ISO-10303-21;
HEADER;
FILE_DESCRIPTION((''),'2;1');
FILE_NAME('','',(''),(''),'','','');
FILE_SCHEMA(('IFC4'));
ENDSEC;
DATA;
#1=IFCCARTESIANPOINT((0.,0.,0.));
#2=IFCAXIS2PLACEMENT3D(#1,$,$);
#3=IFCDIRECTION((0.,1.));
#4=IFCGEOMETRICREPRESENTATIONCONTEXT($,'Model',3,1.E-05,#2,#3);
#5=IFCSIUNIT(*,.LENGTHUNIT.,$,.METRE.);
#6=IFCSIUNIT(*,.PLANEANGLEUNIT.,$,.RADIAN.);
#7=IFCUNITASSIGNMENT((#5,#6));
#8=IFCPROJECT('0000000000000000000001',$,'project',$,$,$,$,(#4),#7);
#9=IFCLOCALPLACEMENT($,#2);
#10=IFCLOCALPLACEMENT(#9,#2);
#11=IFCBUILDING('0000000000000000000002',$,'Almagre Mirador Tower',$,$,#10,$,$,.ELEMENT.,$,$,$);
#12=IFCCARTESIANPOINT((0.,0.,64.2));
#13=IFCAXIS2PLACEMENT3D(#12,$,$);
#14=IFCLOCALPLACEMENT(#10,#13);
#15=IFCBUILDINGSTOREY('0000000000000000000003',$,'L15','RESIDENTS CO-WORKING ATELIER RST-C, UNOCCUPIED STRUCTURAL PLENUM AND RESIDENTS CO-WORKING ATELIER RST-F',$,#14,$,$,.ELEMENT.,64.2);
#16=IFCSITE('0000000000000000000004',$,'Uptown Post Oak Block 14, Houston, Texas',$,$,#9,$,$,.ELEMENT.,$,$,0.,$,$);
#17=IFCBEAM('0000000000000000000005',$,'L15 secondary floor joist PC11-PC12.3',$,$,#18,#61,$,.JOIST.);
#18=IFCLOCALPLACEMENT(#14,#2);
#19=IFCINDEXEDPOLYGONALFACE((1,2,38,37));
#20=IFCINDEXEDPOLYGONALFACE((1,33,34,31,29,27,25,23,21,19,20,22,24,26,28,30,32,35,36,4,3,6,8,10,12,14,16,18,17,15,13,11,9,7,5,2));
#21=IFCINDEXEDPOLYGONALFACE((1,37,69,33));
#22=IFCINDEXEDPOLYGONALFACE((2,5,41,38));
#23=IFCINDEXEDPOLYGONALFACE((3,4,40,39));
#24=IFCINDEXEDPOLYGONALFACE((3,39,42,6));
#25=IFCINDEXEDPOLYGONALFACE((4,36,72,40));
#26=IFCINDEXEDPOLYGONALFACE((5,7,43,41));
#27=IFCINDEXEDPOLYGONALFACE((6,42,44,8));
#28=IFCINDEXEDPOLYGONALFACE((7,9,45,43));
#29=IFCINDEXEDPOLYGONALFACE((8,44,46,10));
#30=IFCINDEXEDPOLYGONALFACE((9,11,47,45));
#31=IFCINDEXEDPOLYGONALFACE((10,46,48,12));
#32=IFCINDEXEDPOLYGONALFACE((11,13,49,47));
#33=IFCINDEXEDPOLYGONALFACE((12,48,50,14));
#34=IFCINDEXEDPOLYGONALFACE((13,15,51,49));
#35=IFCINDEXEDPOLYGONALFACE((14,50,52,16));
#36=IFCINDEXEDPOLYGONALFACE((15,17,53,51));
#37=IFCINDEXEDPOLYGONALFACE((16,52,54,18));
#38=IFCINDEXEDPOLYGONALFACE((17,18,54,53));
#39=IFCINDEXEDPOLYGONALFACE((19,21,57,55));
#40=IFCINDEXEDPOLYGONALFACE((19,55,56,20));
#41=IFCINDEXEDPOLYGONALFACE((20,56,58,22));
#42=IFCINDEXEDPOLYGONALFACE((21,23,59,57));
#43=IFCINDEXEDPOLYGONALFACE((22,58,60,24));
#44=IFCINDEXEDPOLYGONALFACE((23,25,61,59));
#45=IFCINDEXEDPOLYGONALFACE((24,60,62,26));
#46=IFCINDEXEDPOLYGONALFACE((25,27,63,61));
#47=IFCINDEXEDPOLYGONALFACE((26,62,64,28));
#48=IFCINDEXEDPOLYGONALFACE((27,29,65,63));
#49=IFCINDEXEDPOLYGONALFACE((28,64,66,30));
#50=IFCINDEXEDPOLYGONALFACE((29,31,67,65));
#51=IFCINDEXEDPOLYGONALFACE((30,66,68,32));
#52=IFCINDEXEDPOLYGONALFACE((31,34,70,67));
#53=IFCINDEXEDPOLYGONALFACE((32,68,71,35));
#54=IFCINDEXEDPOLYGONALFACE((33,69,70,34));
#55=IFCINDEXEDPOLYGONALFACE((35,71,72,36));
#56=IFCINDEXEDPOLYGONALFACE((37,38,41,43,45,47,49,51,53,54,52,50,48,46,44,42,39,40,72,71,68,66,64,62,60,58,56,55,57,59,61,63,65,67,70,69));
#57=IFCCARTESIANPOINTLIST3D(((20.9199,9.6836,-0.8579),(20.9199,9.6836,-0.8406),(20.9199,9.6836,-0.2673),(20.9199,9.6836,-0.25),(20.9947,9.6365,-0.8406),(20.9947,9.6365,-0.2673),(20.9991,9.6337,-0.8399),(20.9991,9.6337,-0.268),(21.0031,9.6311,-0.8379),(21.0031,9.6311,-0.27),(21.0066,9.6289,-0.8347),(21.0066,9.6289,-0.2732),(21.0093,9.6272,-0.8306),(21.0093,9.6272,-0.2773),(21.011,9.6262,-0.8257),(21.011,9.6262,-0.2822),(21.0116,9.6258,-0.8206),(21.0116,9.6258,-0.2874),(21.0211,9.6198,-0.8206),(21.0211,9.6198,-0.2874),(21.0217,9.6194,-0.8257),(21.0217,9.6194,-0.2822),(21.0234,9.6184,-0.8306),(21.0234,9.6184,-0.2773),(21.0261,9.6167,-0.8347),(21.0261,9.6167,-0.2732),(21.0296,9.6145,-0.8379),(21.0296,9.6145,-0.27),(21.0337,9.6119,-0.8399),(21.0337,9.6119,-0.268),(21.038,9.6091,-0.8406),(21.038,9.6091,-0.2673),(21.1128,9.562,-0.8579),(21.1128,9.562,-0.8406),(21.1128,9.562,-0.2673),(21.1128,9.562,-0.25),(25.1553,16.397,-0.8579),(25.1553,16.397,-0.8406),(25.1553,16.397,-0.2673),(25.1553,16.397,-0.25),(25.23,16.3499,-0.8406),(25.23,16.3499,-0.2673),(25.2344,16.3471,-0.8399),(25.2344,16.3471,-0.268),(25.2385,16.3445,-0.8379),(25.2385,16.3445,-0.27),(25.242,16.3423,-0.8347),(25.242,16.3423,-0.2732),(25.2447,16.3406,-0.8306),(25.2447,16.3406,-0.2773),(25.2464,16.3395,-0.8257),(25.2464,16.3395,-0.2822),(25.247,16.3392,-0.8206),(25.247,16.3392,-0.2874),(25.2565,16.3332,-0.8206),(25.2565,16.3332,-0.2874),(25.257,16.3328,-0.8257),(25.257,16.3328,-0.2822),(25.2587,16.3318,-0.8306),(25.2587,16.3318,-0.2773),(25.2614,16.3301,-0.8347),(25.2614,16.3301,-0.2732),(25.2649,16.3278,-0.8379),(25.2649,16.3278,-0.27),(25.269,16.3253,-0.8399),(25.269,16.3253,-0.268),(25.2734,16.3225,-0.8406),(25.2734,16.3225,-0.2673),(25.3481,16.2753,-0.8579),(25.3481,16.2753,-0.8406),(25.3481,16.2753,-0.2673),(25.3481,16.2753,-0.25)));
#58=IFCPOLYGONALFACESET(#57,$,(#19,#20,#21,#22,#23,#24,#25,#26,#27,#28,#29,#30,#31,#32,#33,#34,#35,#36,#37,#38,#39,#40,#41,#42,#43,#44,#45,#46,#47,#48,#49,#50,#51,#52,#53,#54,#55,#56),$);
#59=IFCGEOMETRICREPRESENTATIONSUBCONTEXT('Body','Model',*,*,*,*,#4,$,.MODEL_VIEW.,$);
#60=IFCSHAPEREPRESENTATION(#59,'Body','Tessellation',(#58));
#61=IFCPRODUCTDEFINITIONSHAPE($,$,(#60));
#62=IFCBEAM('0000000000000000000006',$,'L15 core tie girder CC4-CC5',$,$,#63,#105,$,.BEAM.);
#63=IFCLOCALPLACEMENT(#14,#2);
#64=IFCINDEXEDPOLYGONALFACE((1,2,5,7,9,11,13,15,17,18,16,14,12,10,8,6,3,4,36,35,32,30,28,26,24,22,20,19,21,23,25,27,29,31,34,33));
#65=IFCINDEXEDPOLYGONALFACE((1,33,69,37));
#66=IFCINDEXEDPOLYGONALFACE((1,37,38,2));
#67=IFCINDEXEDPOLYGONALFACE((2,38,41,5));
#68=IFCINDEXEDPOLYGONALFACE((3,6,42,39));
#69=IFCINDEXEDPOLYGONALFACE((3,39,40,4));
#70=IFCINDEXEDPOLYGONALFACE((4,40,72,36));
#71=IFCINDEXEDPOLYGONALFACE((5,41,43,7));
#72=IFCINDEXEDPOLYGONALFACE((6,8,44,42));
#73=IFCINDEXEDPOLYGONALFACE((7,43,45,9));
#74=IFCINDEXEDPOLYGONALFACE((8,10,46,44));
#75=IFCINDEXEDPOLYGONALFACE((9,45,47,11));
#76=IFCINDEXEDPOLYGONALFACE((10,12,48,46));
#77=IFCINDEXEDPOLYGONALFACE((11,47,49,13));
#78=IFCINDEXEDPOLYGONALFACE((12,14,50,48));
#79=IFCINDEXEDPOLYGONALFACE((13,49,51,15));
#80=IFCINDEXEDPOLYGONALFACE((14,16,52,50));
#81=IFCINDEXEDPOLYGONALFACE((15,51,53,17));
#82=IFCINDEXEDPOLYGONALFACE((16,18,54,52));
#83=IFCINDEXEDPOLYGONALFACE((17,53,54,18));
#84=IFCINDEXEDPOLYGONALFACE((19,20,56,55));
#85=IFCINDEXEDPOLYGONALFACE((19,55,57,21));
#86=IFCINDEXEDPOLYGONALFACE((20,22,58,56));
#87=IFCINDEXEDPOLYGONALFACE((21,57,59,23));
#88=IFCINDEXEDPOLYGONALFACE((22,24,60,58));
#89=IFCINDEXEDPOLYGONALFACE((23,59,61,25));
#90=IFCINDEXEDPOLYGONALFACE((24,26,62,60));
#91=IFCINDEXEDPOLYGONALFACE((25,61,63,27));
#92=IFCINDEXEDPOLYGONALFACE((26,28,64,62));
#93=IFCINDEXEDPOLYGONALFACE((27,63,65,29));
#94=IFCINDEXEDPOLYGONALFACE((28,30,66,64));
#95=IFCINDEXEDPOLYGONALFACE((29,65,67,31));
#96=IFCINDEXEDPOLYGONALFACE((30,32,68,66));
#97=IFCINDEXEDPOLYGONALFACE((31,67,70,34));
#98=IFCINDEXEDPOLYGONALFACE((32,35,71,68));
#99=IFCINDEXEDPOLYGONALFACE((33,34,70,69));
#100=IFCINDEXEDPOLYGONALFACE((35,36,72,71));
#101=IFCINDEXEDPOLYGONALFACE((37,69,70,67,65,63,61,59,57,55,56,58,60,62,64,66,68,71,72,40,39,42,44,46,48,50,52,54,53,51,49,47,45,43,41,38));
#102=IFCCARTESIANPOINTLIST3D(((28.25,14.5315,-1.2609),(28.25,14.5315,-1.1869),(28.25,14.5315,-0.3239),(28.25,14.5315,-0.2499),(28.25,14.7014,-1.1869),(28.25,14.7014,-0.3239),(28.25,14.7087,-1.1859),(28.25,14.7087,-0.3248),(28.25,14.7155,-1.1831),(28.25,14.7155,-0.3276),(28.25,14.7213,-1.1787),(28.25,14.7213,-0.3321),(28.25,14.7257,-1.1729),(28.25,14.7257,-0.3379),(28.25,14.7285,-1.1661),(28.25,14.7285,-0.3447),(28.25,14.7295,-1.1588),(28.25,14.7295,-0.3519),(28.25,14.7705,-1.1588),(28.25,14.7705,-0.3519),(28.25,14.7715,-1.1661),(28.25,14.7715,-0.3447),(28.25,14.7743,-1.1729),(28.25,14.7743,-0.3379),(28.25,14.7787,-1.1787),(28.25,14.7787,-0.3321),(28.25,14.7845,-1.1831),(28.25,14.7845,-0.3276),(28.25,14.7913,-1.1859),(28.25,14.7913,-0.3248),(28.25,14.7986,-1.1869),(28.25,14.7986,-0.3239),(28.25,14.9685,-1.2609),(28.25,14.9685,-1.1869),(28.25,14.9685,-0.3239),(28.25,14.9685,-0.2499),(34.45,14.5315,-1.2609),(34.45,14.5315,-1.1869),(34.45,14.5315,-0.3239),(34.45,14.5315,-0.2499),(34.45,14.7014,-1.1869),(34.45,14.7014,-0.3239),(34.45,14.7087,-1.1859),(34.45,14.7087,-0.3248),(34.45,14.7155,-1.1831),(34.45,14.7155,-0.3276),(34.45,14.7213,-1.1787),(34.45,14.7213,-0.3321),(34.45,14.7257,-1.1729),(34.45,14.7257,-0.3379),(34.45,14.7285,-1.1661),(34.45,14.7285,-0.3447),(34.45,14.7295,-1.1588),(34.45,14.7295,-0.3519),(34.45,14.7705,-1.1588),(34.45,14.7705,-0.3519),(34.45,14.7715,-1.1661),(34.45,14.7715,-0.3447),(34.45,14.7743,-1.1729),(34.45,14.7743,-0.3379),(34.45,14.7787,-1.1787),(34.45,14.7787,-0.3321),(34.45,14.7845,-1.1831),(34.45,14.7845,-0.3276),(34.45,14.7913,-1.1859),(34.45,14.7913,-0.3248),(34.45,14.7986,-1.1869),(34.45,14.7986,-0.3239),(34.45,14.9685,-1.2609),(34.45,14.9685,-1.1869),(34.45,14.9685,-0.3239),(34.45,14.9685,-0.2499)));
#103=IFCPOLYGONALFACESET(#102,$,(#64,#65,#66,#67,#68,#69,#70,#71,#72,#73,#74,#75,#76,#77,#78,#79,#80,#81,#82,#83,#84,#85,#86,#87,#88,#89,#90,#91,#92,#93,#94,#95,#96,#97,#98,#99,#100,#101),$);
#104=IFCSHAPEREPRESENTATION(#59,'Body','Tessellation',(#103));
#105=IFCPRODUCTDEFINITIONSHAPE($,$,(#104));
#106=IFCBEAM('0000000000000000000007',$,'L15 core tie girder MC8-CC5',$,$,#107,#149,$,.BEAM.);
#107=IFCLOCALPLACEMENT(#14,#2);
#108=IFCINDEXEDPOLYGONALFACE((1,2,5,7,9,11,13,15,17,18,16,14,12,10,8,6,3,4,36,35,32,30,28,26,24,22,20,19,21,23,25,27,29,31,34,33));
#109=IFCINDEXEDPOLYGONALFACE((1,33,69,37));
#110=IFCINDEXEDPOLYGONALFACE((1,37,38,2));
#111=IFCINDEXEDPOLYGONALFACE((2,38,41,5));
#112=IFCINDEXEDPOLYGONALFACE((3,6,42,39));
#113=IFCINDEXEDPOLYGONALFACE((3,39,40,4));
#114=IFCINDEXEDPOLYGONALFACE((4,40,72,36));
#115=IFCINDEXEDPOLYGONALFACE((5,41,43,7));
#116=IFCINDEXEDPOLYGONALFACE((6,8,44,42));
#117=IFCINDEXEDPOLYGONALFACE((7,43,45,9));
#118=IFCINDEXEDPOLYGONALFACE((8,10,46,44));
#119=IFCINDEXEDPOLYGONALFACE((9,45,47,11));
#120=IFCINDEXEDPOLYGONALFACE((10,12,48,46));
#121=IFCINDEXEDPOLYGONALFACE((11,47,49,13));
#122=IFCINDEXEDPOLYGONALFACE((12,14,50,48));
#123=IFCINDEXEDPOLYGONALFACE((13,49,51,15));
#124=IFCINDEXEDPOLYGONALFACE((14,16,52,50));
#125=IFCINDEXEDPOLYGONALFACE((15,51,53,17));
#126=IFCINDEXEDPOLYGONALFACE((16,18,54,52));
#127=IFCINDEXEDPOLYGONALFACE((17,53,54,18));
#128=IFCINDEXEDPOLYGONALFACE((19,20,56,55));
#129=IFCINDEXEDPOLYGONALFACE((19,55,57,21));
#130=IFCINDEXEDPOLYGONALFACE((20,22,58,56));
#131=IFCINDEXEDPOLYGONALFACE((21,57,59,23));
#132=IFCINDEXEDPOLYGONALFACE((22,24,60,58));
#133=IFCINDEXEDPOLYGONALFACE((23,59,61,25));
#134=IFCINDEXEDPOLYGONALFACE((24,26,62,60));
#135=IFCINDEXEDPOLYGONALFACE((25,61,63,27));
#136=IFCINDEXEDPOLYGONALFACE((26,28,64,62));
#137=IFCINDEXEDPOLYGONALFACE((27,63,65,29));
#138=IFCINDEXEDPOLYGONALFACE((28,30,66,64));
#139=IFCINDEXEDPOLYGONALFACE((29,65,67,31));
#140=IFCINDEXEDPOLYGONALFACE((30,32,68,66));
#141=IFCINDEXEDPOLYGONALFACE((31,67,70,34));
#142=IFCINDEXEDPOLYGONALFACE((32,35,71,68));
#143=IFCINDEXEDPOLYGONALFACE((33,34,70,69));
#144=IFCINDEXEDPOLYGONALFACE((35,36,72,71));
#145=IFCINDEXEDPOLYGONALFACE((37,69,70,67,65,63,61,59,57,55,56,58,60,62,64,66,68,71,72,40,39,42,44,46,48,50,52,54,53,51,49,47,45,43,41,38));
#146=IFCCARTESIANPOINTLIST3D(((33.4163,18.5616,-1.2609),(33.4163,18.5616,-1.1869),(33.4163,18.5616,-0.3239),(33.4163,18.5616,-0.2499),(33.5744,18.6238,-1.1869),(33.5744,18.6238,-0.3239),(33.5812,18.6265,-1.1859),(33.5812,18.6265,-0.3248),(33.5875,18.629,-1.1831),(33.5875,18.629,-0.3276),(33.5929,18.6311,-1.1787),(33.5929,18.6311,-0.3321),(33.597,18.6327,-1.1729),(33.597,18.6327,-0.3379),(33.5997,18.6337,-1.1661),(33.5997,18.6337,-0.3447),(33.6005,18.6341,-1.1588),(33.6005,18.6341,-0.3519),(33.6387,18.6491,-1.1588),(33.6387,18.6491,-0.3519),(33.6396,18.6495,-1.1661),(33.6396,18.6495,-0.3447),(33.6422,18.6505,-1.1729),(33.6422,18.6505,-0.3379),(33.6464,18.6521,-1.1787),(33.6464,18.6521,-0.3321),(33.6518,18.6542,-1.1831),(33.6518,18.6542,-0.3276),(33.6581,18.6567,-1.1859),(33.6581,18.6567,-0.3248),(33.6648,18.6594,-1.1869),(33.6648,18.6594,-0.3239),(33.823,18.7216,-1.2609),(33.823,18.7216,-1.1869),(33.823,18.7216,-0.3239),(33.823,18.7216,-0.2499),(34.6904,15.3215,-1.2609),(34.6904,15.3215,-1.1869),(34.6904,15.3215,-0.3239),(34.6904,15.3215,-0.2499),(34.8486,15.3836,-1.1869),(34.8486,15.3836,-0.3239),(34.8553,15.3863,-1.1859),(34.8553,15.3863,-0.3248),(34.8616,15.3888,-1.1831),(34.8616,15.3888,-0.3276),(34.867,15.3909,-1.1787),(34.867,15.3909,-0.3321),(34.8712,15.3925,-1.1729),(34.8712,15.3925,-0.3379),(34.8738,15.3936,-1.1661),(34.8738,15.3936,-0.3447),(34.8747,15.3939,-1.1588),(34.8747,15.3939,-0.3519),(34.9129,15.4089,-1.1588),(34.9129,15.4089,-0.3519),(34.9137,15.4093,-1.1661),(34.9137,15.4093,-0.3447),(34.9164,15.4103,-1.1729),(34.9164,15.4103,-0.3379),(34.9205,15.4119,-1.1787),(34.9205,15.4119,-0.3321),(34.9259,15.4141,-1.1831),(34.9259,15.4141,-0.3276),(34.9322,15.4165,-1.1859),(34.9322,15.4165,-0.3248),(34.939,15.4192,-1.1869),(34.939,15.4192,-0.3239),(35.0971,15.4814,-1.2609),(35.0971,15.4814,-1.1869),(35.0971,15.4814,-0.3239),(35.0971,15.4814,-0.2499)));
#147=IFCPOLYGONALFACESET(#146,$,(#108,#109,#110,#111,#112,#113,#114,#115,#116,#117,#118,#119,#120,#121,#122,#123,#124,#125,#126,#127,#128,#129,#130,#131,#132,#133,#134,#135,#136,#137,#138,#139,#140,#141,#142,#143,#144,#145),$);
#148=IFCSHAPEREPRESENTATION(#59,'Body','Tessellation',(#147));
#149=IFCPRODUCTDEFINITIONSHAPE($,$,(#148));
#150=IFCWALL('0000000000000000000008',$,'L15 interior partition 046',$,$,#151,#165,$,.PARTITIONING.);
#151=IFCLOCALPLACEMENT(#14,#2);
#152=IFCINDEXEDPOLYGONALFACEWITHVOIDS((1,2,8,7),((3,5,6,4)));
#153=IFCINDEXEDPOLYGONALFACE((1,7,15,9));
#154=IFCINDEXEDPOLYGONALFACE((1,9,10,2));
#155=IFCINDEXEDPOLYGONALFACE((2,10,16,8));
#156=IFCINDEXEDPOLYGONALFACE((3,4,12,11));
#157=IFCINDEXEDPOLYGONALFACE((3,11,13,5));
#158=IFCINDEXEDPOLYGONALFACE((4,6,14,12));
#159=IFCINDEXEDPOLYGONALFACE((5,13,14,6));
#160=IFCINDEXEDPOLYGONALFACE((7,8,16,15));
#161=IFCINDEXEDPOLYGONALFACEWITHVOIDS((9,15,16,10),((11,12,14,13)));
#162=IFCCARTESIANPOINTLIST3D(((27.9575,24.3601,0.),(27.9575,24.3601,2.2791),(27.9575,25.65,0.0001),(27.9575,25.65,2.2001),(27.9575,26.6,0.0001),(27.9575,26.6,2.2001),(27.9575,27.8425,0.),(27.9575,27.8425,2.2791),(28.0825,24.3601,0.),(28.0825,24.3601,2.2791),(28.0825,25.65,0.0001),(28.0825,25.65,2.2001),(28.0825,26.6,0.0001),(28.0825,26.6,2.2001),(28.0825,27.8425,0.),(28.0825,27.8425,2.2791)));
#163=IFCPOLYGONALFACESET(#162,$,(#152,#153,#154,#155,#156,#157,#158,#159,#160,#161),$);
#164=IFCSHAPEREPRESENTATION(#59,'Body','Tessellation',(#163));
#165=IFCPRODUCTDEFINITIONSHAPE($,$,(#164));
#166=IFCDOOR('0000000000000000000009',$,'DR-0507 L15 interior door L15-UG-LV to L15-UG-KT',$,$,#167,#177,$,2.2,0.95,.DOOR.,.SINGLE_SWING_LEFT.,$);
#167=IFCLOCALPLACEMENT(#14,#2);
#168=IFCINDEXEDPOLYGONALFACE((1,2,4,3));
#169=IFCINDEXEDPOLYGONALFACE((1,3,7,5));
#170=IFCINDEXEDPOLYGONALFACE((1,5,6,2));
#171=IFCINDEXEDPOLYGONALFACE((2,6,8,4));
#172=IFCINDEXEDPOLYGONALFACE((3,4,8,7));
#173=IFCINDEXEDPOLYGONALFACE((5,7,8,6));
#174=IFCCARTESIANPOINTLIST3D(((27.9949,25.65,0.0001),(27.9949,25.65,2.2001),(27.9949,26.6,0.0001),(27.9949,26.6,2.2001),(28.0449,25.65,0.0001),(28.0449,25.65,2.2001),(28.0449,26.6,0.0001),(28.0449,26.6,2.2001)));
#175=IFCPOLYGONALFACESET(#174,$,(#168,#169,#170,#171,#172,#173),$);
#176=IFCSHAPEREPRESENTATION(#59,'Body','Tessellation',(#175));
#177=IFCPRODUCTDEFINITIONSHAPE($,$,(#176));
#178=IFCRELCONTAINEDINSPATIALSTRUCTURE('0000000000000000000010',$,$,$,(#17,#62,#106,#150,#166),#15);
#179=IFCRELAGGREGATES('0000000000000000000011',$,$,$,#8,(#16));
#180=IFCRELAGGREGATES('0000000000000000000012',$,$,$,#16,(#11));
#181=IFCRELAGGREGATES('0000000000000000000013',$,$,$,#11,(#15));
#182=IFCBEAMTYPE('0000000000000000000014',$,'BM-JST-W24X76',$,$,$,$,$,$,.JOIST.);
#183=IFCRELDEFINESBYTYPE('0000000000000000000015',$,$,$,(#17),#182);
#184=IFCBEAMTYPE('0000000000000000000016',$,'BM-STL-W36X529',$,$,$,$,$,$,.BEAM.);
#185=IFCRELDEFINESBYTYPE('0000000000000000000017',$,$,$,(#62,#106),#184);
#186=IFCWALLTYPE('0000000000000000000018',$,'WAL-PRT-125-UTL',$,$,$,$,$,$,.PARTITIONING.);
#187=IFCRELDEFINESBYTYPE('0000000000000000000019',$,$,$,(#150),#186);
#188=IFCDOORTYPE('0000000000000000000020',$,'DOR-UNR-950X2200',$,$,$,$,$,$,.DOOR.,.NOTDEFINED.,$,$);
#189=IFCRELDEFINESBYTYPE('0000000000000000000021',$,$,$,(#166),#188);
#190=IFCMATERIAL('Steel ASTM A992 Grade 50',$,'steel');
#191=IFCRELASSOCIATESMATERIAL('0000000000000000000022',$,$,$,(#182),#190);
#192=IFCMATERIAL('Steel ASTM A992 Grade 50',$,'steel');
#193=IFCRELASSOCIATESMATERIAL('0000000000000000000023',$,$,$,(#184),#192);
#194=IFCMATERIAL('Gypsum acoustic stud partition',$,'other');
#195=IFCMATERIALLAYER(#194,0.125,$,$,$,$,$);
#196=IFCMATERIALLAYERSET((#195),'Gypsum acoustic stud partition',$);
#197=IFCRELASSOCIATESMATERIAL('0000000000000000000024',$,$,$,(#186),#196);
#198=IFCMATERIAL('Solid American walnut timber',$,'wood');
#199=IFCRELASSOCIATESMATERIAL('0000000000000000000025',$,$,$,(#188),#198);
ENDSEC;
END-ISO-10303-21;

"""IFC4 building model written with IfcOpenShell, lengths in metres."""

from ifc_helpers import new_model, si_unit, direction, frame, frame_2d, origin, origin_2d, place, context, subcontext, project, spatial, rectangle, i_section, extrude, material, layer, layer_set, material_profile, profile_set, type_object, element, fill, save


model = new_model("IFC4")

# Units and contexts
model_context = context("Model", 3, precision=1e-05, world=origin(), true_north=direction((0.0, 1.0)))
body_context = subcontext(model_context, "Body", "Model", "MODEL_VIEW")
ifc_project = project(units=[si_unit("LENGTHUNIT", "METRE"), si_unit("PLANEANGLEUNIT", "RADIAN")], contexts=[model_context])

# Site, building, storey
site_placement = place(None, origin())
site = spatial("IfcSite", under=ifc_project, at=site_placement, Name="Uptown Post Oak Block 14, Houston, Texas", CompositionType="ELEMENT", RefElevation=0.0)
building_placement = place(site_placement, origin())
building = spatial("IfcBuilding", under=site, at=building_placement, Name="Almagre Mirador Tower", CompositionType="ELEMENT")
storey_placement = place(building_placement, frame((0.0, 0.0, 64.2)))
storey = spatial("IfcBuildingStorey", under=building, at=storey_placement, Name="L15", Description="RESIDENTS CO-WORKING ATELIER RST-C, UNOCCUPIED STRUCTURAL PLENUM AND RESIDENTS CO-WORKING ATELIER RST-F", CompositionType="ELEMENT", Elevation=64.2)

# Beams
ifc_material_1 = material(Name="Steel ASTM A992 Grade 50", Category="steel")
ifc_material_profile_1 = material_profile(ifc_material_1, i_section(OverallWidth=0.228, OverallDepth=0.6079, WebThickness=0.0112, FlangeThickness=0.0173, FilletRadius=0.02, at=origin_2d()), Name="W24X76")
ifc_profile_set_1 = profile_set([ifc_material_profile_1], Name="Steel ASTM A992 Grade 50")
beam_type_1 = type_object("IfcBeamType", Name="BM-JST-W24X76", PredefinedType="JOIST", material=ifc_profile_set_1)
beam_1_placement = place(storey_placement, frame((25.2517, 16.3362, -0.554), z_axis=(-0.533572, -0.845755, 0.0), x_axis=(0.845755, -0.533572, 0.0)))
element("IfcBeam", 1, at=beam_1_placement, inside=storey, type_object=beam_type_1, Name="L15 secondary floor joist PC11-PC12.3", PredefinedType="JOIST", context=body_context, shape_type="SweptSolid", body=[
    extrude(i_section(OverallWidth=0.228, OverallDepth=0.6079, WebThickness=0.0112, FlangeThickness=0.0173, FilletRadius=0.02, at=origin_2d()), origin(), (0.0, 0.0, 1.0), 7.9377),
])
ifc_material_2 = material(Name="Steel ASTM A992 Grade 50", Category="steel")
ifc_material_profile_2 = material_profile(ifc_material_2, i_section(OverallWidth=0.437, OverallDepth=1.011, WebThickness=0.041, FlangeThickness=0.074, FilletRadius=0.0281, at=origin_2d()), Name="W36X529")
ifc_profile_set_2 = profile_set([ifc_material_profile_2], Name="Steel ASTM A992 Grade 50")
beam_type_2 = type_object("IfcBeamType", Name="BM-STL-W36X529", PredefinedType="BEAM", material=ifc_profile_set_2)
beam_2_placement = place(storey_placement, frame((28.25, 14.75, -0.7554), z_axis=(1.0, 0.0, 0.0), x_axis=(0.0, 1.0, 0.0)))
element("IfcBeam", 2, at=beam_2_placement, inside=storey, type_object=beam_type_2, Name="L15 core tie girder CC4-CC5", PredefinedType="BEAM", context=body_context, shape_type="SweptSolid", body=[
    extrude(i_section(OverallWidth=0.437, OverallDepth=1.011, WebThickness=0.041, FlangeThickness=0.074, FilletRadius=0.0281, at=origin_2d()), origin(), (0.0, 0.0, 1.0), 6.2),
])
beam_3_placement = place(storey_placement, frame((33.6196, 18.6416, -0.7554), z_axis=(0.365956, -0.930632, 0.0), x_axis=(0.930632, 0.365956, 0.0)))
element("IfcBeam", 3, at=beam_3_placement, inside=storey, type_object=beam_type_2, Name="L15 core tie girder MC8-CC5", PredefinedType="BEAM", context=body_context, shape_type="SweptSolid", body=[
    extrude(i_section(OverallWidth=0.437, OverallDepth=1.011, WebThickness=0.041, FlangeThickness=0.074, FilletRadius=0.0281, at=origin_2d()), origin(), (0.0, 0.0, 1.0), 3.4817),
])

# Wall, opening, door
ifc_material_3 = material(Name="Gypsum acoustic stud partition", Category="other")
ifc_layer_1 = layer(ifc_material_3, 0.125)
ifc_layer_set_1 = layer_set([ifc_layer_1], Name="Gypsum acoustic stud partition")
wall_type_1 = type_object("IfcWallType", Name="WAL-PRT-125-UTL", PredefinedType="PARTITIONING", material=ifc_layer_set_1)
wall_1_placement = place(storey_placement, frame((28.02, 27.8425, 0.0), z_axis=(0.0, 0.0, 1.0), x_axis=(0.0, -1.0, 0.0)))
wall_1 = element("IfcWall", 4, at=wall_1_placement, inside=storey, type_object=wall_type_1, Name="L15 interior partition 046", PredefinedType="PARTITIONING", context=body_context, shape_type="SweptSolid", body=[
    extrude(rectangle(XDim=3.4824, YDim=0.125, at=frame_2d((1.7412, 0.0))), origin(), (0.0, 0.0, 1.0), 2.2791),
])
opening_1_placement = place(wall_1_placement, frame((1.2424, 0.0, 0.0)))
opening_1 = element("IfcOpeningElement", 5, at=opening_1_placement, cuts=wall_1, PredefinedType="OPENING", context=body_context, shape_type="SweptSolid", body=[
    extrude(rectangle(XDim=0.95, YDim=2.2, at=frame_2d((0.4751, 1.1001))), frame((0.0, 0.0725, 0.0), z_axis=(0.0, -1.0, 0.0), x_axis=(1.0, 0.0, 0.0)), (0.0, 0.0, 1.0), 0.145),
])
ifc_material_4 = material(Name="Solid American walnut timber", Category="wood")
door_type_1 = type_object("IfcDoorType", Name="DOR-UNR-950X2200", OperationType="NOTDEFINED", PredefinedType="DOOR", material=ifc_material_4)
door_1_placement = place(opening_1_placement, origin())
door_1 = element("IfcDoor", 6, at=door_1_placement, inside=storey, type_object=door_type_1, Name="DR-0507 L15 interior door L15-UG-LV to L15-UG-KT", OperationType="SINGLE_SWING_LEFT", OverallHeight=2.2, OverallWidth=0.95, PredefinedType="DOOR", context=body_context, shape_type="SweptSolid", body=[
    extrude(rectangle(XDim=0.95, YDim=2.2, at=frame_2d((0.4751, 1.1001))), frame((0.0, 0.0249, 0.0), z_axis=(0.0, -1.0, 0.0), x_axis=(1.0, 0.0, 0.0)), (0.0, 0.0, 1.0), 0.05),
])
fill(opening_1, door_1)

save(model, "model.ifc")
